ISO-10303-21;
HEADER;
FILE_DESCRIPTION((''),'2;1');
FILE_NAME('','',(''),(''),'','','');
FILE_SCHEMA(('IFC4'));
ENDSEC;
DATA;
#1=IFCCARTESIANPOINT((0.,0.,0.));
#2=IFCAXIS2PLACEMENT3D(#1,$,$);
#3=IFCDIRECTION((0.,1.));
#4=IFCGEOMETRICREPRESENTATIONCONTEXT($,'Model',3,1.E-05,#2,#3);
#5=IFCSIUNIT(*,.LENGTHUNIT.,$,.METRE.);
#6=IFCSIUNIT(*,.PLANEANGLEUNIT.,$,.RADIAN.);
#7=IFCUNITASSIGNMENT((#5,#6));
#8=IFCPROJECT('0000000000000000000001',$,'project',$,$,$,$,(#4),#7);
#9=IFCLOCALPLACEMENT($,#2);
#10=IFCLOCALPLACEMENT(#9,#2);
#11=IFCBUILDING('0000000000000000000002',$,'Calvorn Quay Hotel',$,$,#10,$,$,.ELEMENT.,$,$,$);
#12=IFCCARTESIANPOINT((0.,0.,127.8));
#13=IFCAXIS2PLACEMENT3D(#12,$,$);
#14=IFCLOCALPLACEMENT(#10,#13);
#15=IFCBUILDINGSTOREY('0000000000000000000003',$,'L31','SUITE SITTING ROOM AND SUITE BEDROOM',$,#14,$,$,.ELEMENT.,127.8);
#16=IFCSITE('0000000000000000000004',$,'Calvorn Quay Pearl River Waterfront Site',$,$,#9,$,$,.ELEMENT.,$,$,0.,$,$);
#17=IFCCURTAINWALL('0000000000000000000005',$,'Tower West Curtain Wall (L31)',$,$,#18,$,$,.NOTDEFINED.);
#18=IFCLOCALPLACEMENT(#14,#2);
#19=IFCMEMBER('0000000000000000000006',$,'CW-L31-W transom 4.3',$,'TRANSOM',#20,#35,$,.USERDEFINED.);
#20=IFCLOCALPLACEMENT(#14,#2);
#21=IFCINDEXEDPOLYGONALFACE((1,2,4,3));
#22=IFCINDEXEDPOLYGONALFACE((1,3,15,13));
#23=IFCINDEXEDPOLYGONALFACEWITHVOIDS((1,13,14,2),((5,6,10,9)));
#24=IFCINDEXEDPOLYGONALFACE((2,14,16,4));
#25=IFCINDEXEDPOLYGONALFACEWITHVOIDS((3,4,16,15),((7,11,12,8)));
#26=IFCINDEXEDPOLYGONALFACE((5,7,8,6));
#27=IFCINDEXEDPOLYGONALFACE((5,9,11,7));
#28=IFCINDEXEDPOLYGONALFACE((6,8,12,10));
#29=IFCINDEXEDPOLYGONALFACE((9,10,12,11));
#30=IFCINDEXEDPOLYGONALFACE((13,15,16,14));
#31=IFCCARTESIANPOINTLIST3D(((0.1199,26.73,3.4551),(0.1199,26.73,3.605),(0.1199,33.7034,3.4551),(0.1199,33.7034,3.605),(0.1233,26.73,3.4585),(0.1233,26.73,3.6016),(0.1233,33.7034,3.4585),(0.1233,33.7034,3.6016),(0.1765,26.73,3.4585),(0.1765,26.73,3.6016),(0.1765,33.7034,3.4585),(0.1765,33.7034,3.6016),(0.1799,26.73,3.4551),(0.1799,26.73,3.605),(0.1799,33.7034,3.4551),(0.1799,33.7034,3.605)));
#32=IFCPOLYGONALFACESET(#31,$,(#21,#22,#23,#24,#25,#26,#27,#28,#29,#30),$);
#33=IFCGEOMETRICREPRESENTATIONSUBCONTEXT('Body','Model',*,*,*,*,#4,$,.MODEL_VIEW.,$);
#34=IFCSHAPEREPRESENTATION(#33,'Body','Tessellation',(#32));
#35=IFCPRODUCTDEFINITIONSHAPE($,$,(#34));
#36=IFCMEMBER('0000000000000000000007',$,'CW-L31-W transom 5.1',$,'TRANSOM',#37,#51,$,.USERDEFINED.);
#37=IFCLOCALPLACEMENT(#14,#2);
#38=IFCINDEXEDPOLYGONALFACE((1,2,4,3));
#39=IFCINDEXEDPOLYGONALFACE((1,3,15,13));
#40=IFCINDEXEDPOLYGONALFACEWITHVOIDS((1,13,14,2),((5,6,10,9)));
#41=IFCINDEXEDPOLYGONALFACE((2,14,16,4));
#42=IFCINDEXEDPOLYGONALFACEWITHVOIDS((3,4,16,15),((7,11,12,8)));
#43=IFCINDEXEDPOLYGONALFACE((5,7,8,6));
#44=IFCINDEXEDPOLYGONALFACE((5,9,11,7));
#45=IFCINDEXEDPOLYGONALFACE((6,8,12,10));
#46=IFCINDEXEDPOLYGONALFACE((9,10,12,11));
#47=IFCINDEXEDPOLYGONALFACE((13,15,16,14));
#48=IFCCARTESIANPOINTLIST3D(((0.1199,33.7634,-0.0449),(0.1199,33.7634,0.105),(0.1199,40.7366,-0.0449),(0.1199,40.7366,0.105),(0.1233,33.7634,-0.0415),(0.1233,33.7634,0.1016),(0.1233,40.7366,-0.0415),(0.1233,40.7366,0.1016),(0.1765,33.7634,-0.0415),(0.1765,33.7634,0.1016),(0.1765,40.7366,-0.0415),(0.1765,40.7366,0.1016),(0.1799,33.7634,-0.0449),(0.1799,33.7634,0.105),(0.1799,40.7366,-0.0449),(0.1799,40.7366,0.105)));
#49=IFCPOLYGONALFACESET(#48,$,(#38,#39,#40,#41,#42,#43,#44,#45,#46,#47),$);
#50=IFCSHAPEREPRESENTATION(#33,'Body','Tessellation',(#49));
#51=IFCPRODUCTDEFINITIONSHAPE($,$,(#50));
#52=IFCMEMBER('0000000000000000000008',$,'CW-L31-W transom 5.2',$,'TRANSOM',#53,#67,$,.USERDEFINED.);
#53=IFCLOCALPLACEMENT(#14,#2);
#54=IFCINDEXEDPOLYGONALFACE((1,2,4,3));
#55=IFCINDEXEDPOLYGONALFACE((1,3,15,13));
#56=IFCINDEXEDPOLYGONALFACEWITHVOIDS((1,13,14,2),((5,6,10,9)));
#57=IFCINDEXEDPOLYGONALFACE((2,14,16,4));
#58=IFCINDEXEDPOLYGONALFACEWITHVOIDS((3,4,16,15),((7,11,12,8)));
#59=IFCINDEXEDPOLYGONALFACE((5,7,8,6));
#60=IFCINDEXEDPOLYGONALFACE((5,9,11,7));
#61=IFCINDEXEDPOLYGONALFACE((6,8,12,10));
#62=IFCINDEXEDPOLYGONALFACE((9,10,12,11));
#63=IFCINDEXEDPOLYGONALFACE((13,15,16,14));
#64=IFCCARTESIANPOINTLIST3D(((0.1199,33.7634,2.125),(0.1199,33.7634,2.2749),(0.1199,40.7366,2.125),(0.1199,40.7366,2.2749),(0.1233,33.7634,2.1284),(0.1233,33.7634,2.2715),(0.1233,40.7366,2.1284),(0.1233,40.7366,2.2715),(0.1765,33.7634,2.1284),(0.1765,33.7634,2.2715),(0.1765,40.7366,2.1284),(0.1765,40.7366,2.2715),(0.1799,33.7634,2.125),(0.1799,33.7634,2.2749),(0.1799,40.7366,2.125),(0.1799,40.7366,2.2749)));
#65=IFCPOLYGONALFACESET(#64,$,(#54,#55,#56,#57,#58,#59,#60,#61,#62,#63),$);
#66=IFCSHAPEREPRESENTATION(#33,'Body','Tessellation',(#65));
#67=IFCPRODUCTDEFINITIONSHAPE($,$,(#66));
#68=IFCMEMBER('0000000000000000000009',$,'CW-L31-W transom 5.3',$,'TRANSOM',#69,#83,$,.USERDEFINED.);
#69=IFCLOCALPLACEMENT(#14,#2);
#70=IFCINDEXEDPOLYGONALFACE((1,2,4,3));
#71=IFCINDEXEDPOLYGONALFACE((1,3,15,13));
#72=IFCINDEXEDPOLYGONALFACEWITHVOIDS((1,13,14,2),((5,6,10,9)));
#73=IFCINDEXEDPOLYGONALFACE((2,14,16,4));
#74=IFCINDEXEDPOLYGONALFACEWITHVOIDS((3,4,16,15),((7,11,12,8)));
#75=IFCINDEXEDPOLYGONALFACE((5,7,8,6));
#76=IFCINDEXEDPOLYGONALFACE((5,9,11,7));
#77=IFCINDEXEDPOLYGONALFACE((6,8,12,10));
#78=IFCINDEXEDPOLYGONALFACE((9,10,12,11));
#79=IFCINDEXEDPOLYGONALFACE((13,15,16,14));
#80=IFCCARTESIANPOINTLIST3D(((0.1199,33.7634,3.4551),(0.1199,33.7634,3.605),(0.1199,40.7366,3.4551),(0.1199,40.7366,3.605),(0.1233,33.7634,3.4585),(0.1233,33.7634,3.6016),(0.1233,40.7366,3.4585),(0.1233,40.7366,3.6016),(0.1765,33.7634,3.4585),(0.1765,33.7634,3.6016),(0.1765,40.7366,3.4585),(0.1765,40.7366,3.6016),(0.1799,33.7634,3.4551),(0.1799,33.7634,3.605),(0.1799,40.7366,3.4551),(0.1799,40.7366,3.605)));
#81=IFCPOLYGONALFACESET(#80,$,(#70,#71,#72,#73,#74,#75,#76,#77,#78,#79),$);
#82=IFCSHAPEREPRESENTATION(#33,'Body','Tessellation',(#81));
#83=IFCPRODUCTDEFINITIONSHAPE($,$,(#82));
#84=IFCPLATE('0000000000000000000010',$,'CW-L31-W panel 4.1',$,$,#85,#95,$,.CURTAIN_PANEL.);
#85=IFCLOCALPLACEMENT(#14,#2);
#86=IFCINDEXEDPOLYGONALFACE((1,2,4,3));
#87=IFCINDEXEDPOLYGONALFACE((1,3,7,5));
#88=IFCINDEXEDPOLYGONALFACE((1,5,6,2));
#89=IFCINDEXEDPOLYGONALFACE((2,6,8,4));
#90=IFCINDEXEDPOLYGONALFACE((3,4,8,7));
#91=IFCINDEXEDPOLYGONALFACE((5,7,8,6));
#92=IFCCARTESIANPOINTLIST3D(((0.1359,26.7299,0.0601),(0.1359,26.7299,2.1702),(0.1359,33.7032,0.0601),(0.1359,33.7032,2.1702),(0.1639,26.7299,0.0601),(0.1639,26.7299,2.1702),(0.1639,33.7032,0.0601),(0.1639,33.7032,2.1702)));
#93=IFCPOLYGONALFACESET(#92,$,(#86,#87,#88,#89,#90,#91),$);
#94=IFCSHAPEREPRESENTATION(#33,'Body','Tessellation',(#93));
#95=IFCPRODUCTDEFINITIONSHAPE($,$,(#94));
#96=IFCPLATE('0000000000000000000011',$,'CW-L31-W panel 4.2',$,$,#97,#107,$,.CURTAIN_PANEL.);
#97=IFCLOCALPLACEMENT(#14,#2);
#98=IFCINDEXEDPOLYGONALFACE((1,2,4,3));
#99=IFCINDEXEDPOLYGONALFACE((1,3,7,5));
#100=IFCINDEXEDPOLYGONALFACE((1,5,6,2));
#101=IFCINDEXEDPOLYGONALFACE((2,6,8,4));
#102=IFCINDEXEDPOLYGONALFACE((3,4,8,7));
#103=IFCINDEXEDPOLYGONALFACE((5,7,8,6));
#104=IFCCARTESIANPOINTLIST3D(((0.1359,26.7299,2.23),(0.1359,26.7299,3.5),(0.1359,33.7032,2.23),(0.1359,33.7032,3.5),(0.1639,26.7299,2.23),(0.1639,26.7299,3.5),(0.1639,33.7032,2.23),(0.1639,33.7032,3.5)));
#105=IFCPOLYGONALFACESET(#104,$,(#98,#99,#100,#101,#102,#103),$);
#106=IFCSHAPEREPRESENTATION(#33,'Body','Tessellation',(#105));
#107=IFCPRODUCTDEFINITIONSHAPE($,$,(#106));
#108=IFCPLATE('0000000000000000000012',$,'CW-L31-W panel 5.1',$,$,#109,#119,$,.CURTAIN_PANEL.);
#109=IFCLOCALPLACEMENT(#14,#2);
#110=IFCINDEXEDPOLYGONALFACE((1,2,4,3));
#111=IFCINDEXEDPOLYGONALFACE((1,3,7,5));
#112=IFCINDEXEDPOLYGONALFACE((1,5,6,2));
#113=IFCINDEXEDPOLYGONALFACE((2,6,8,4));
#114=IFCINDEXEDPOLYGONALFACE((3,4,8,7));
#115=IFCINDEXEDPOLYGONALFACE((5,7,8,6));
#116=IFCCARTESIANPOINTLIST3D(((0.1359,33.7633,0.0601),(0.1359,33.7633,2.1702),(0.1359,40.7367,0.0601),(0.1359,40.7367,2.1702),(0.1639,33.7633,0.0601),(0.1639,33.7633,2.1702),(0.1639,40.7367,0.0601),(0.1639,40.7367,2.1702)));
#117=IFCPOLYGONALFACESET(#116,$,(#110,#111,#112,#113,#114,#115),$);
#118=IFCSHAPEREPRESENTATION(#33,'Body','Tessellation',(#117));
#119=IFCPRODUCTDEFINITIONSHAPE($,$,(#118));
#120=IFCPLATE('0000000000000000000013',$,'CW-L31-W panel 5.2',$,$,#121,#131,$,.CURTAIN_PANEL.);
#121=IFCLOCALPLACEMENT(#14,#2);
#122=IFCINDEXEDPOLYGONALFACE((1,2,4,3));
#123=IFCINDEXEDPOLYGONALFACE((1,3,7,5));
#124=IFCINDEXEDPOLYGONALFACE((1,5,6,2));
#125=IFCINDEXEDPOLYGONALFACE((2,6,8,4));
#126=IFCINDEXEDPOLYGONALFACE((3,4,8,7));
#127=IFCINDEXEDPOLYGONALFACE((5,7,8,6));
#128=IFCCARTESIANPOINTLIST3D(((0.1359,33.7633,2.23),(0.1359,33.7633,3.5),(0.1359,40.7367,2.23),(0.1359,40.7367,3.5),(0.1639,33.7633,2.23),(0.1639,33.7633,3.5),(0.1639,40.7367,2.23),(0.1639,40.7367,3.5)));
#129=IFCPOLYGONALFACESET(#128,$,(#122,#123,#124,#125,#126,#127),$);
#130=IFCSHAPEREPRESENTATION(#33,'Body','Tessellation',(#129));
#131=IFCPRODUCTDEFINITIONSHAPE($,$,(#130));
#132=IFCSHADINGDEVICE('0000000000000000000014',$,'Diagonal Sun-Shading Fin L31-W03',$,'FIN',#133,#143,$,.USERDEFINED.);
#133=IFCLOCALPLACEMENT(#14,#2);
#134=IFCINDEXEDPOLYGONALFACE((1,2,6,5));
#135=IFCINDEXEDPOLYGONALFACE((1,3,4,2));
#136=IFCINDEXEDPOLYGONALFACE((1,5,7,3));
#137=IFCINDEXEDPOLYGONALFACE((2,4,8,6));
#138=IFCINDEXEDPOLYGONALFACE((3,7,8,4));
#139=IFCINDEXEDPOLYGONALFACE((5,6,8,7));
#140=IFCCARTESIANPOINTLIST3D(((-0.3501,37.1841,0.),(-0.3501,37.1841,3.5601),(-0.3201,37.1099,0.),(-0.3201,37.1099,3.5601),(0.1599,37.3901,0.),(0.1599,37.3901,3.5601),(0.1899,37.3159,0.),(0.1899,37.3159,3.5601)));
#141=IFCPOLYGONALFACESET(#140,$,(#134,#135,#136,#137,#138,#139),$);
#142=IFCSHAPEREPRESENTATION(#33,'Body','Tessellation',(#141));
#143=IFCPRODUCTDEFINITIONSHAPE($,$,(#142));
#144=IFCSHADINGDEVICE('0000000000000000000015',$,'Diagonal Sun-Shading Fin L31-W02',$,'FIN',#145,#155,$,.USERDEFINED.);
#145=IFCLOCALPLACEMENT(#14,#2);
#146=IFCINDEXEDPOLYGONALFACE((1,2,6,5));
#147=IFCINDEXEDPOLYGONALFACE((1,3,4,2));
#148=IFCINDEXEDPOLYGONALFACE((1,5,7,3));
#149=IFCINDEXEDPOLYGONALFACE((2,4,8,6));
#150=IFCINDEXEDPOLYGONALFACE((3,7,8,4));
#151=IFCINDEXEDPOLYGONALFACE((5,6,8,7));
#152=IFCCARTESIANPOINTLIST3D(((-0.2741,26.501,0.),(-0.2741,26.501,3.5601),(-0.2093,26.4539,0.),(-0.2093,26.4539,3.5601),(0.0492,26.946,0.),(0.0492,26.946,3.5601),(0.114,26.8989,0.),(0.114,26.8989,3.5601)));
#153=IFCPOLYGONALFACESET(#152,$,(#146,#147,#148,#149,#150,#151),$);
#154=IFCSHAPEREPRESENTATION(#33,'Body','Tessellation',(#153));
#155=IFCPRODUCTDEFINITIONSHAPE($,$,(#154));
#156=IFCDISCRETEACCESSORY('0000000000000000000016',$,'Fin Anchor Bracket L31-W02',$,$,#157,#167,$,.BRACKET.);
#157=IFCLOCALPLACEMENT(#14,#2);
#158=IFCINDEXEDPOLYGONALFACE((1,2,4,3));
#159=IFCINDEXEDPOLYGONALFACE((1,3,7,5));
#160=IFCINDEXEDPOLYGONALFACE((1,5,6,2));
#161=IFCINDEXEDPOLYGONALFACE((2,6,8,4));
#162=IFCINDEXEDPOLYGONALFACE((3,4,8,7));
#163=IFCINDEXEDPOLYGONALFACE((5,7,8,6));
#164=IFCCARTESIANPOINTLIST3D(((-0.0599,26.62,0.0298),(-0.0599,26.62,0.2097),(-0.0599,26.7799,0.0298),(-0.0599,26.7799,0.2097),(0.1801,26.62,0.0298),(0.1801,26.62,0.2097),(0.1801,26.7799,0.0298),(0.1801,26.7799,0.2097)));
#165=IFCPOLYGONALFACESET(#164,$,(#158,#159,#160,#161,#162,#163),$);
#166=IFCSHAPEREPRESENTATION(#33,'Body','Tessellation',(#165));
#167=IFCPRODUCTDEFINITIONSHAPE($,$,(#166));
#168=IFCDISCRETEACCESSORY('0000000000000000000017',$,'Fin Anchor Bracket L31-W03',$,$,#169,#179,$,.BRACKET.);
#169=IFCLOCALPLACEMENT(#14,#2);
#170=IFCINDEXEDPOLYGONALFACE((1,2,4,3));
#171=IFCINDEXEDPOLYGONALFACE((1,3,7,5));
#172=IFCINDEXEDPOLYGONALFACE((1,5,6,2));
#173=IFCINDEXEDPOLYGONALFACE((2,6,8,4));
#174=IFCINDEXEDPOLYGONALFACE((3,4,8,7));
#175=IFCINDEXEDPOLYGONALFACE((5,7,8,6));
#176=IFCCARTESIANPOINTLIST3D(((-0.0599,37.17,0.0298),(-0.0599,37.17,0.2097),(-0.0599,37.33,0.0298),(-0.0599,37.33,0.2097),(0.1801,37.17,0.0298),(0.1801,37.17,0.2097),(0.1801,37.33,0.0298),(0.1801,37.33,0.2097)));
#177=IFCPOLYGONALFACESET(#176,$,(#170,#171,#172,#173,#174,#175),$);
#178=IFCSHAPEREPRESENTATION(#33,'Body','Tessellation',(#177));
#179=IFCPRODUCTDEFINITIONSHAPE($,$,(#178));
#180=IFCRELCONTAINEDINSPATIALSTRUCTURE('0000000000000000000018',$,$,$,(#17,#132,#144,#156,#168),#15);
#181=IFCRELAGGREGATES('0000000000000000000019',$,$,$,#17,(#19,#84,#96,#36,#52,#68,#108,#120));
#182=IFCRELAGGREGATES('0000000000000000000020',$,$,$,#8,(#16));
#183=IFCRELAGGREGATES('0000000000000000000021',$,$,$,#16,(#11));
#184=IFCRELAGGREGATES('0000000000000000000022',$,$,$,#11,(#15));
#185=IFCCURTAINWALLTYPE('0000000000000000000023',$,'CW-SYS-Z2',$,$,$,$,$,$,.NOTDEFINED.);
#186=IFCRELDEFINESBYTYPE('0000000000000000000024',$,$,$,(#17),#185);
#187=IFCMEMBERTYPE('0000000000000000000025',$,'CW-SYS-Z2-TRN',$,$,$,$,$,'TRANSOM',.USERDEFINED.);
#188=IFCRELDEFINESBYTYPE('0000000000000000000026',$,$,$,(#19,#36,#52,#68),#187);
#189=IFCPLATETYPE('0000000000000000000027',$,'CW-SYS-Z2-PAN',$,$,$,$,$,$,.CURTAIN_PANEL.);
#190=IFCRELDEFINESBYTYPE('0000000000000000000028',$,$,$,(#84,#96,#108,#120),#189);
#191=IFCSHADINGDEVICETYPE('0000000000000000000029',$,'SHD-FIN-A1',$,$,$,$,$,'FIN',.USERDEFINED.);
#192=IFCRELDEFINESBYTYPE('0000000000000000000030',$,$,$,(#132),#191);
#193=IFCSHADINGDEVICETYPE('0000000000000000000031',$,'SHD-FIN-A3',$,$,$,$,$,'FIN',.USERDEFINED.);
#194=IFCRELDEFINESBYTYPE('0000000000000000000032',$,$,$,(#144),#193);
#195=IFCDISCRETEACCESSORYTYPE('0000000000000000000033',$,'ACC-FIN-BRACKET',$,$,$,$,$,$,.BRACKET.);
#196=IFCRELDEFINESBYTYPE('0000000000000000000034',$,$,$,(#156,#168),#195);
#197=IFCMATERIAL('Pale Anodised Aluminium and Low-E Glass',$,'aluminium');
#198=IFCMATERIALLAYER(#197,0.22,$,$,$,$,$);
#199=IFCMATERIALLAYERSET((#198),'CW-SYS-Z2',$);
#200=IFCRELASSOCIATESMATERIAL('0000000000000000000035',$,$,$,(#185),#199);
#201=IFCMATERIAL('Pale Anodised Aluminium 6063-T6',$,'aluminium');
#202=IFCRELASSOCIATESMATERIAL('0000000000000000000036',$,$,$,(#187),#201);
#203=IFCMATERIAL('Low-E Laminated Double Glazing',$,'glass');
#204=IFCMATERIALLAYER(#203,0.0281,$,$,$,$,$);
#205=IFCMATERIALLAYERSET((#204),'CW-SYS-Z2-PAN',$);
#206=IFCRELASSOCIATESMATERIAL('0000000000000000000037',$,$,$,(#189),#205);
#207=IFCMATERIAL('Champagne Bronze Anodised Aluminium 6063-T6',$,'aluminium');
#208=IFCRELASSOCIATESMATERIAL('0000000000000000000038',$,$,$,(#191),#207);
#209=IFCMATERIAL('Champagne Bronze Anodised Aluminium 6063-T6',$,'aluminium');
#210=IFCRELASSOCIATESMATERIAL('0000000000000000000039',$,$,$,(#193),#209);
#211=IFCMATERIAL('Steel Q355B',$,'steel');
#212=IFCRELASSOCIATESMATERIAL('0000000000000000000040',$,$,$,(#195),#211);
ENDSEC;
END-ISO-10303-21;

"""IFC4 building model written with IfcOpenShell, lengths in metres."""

from ifc_helpers import new_model, si_unit, direction, frame, origin, origin_2d, place, context, subcontext, project, spatial, rectangle, hollow_rectangle, extrude, material, layer, layer_set, material_profile, profile_set, type_object, element, aggregate, save


model = new_model("IFC4")

# Units and contexts
model_context = context("Model", 3, precision=1e-05, world=origin(), true_north=direction((0.0, 1.0)))
body_context = subcontext(model_context, "Body", "Model", "MODEL_VIEW")
ifc_project = project(units=[si_unit("LENGTHUNIT", "METRE"), si_unit("PLANEANGLEUNIT", "RADIAN")], contexts=[model_context])

# Site, building, storey
site_placement = place(None, origin())
site = spatial("IfcSite", under=ifc_project, at=site_placement, Name="Calvorn Quay Pearl River Waterfront Site", CompositionType="ELEMENT", RefElevation=0.0)
building_placement = place(site_placement, origin())
building = spatial("IfcBuilding", under=site, at=building_placement, Name="Calvorn Quay Hotel", CompositionType="ELEMENT")
storey_placement = place(building_placement, frame((0.0, 0.0, 127.8)))
storey = spatial("IfcBuildingStorey", under=building, at=storey_placement, Name="L31", Description="SUITE SITTING ROOM AND SUITE BEDROOM", CompositionType="ELEMENT", Elevation=127.8)

# Curtain wall, members, plates
ifc_material_1 = material(Name="Pale Anodised Aluminium and Low-E Glass", Category="aluminium")
ifc_layer_1 = layer(ifc_material_1, 0.22)
ifc_layer_set_1 = layer_set([ifc_layer_1], Name="CW-SYS-Z2")
curtain_wall_type = type_object("IfcCurtainWallType", Name="CW-SYS-Z2", PredefinedType="NOTDEFINED", material=ifc_layer_set_1)
curtain_wall_placement = place(storey_placement, origin())
curtain_wall = element("IfcCurtainWall", 1, at=curtain_wall_placement, inside=storey, type_object=curtain_wall_type, Name="Tower West Curtain Wall (L31)", PredefinedType="NOTDEFINED")
ifc_material_2 = material(Name="Pale Anodised Aluminium 6063-T6", Category="aluminium")
ifc_material_profile_1 = material_profile(ifc_material_2, hollow_rectangle(XDim=0.0601, YDim=0.1499, WallThickness=0.0034, at=origin_2d()), Name="ALU-T150x60x3.5")
ifc_profile_set_1 = profile_set([ifc_material_profile_1], Name="Pale Anodised Aluminium 6063-T6")
member_type_1 = type_object("IfcMemberType", Name="CW-SYS-Z2-TRN", ElementType="TRANSOM", PredefinedType="USERDEFINED", material=ifc_profile_set_1)
member_1_placement = place(storey_placement, frame((0.1499, 26.73, 3.53), z_axis=(0.0, 1.0, 0.0), x_axis=(-1.0, 0.0, 0.0)))
member_1 = element("IfcMember", 2, at=member_1_placement, type_object=member_type_1, Name="CW-L31-W transom 4.3", ObjectType="TRANSOM", PredefinedType="USERDEFINED", context=body_context, shape_type="SweptSolid", body=[
    extrude(hollow_rectangle(XDim=0.0601, YDim=0.1499, WallThickness=0.0034, at=origin_2d()), origin(), (0.0, 0.0, 1.0), 6.9734),
])
member_2_placement = place(storey_placement, frame((0.1499, 33.7634, 0.03), z_axis=(0.0, 1.0, 0.0), x_axis=(-1.0, 0.0, 0.0)))
member_2 = element("IfcMember", 3, at=member_2_placement, type_object=member_type_1, Name="CW-L31-W transom 5.1", ObjectType="TRANSOM", PredefinedType="USERDEFINED", context=body_context, shape_type="SweptSolid", body=[
    extrude(hollow_rectangle(XDim=0.0601, YDim=0.1499, WallThickness=0.0034, at=origin_2d()), origin(), (0.0, 0.0, 1.0), 6.9731),
])
member_3_placement = place(storey_placement, frame((0.1499, 33.7634, 2.2), z_axis=(0.0, 1.0, 0.0), x_axis=(-1.0, 0.0, 0.0)))
member_3 = element("IfcMember", 4, at=member_3_placement, type_object=member_type_1, Name="CW-L31-W transom 5.2", ObjectType="TRANSOM", PredefinedType="USERDEFINED", context=body_context, shape_type="SweptSolid", body=[
    extrude(hollow_rectangle(XDim=0.0601, YDim=0.1499, WallThickness=0.0034, at=origin_2d()), origin(), (0.0, 0.0, 1.0), 6.9731),
])
member_4_placement = place(storey_placement, frame((0.1499, 33.7634, 3.53), z_axis=(0.0, 1.0, 0.0), x_axis=(-1.0, 0.0, 0.0)))
member_4 = element("IfcMember", 5, at=member_4_placement, type_object=member_type_1, Name="CW-L31-W transom 5.3", ObjectType="TRANSOM", PredefinedType="USERDEFINED", context=body_context, shape_type="SweptSolid", body=[
    extrude(hollow_rectangle(XDim=0.0601, YDim=0.1499, WallThickness=0.0034, at=origin_2d()), origin(), (0.0, 0.0, 1.0), 6.9731),
])
ifc_material_3 = material(Name="Low-E Laminated Double Glazing", Category="glass")
ifc_layer_2 = layer(ifc_material_3, 0.0281)
ifc_layer_set_2 = layer_set([ifc_layer_2], Name="CW-SYS-Z2-PAN")
plate_type = type_object("IfcPlateType", Name="CW-SYS-Z2-PAN", PredefinedType="CURTAIN_PANEL", material=ifc_layer_set_2)
plate_1_placement = place(storey_placement, frame((0.1499, 30.2166, 0.0601), z_axis=(0.0, 0.0, 1.0), x_axis=(0.0, 1.0, 0.0)))
plate_1 = element("IfcPlate", 6, at=plate_1_placement, type_object=plate_type, Name="CW-L31-W panel 4.1", PredefinedType="CURTAIN_PANEL", context=body_context, shape_type="SweptSolid", body=[
    extrude(rectangle(XDim=6.9734, YDim=0.0281, at=origin_2d()), origin(), (0.0, 0.0, 1.0), 2.1101),
])
plate_2_placement = place(storey_placement, frame((0.1499, 30.2166, 2.23), z_axis=(0.0, 0.0, 1.0), x_axis=(0.0, 1.0, 0.0)))
plate_2 = element("IfcPlate", 7, at=plate_2_placement, type_object=plate_type, Name="CW-L31-W panel 4.2", PredefinedType="CURTAIN_PANEL", context=body_context, shape_type="SweptSolid", body=[
    extrude(rectangle(XDim=6.9734, YDim=0.0281, at=origin_2d()), origin(), (0.0, 0.0, 1.0), 1.27),
])
plate_3_placement = place(storey_placement, frame((0.1499, 37.25, 0.0601), z_axis=(0.0, 0.0, 1.0), x_axis=(0.0, 1.0, 0.0)))
plate_3 = element("IfcPlate", 8, at=plate_3_placement, type_object=plate_type, Name="CW-L31-W panel 5.1", PredefinedType="CURTAIN_PANEL", context=body_context, shape_type="SweptSolid", body=[
    extrude(rectangle(XDim=6.9734, YDim=0.0281, at=origin_2d()), origin(), (0.0, 0.0, 1.0), 2.1101),
])
plate_4_placement = place(storey_placement, frame((0.1499, 37.25, 2.23), z_axis=(0.0, 0.0, 1.0), x_axis=(0.0, 1.0, 0.0)))
plate_4 = element("IfcPlate", 9, at=plate_4_placement, type_object=plate_type, Name="CW-L31-W panel 5.2", PredefinedType="CURTAIN_PANEL", context=body_context, shape_type="SweptSolid", body=[
    extrude(rectangle(XDim=6.9734, YDim=0.0281, at=origin_2d()), origin(), (0.0, 0.0, 1.0), 1.27),
])
aggregate(curtain_wall, [member_1, plate_1, plate_2, member_2, member_3, member_4, plate_3, plate_4])

# Shading devices
ifc_material_4 = material(Name="Champagne Bronze Anodised Aluminium 6063-T6", Category="aluminium")
shading_device_type_1 = type_object("IfcShadingDeviceType", Name="SHD-FIN-A1", ElementType="FIN", PredefinedType="USERDEFINED", material=ifc_material_4)
shading_device_1_placement = place(storey_placement, frame((-0.0801, 37.25, 0.0), z_axis=(0.0, 0.0, 1.0), x_axis=(0.927184, 0.374607, 0.0)))
element("IfcShadingDevice", 10, at=shading_device_1_placement, inside=storey, type_object=shading_device_type_1, Name="Diagonal Sun-Shading Fin L31-W03", ObjectType="FIN", PredefinedType="USERDEFINED", context=body_context, shape_type="SweptSolid", body=[
    extrude(rectangle(XDim=0.55, YDim=0.0801, at=origin_2d()), origin(), (0.0, 0.0, 1.0), 3.5601),
])
ifc_material_5 = material(Name="Champagne Bronze Anodised Aluminium 6063-T6", Category="aluminium")
shading_device_type_2 = type_object("IfcShadingDeviceType", Name="SHD-FIN-A3", ElementType="FIN", PredefinedType="USERDEFINED", material=ifc_material_5)
shading_device_2_placement = place(storey_placement, frame((-0.0801, 26.7, 0.0), z_axis=(0.0, 0.0, 1.0), x_axis=(0.587785, 0.809017, 0.0)))
element("IfcShadingDevice", 11, at=shading_device_2_placement, inside=storey, type_object=shading_device_type_2, Name="Diagonal Sun-Shading Fin L31-W02", ObjectType="FIN", PredefinedType="USERDEFINED", context=body_context, shape_type="SweptSolid", body=[
    extrude(rectangle(XDim=0.55, YDim=0.0801, at=origin_2d()), origin(), (0.0, 0.0, 1.0), 3.5601),
])

# Discrete accessories
ifc_material_6 = material(Name="Steel Q355B", Category="steel")
discrete_accessory_type = type_object("IfcDiscreteAccessoryType", Name="ACC-FIN-BRACKET", PredefinedType="BRACKET", material=ifc_material_6)
for number, where, z_axis, x_axis, name in (
    (12, (0.0601, 26.7, 0.0298), (0.0, 0.0, 1.0), (1.0, 0.0, 0.0), "Fin Anchor Bracket L31-W02"),
    (13, (0.0601, 37.25, 0.0298), (0.0, 0.0, 1.0), (1.0, 0.0, 0.0), "Fin Anchor Bracket L31-W03"),
):
    element("IfcDiscreteAccessory", number, at=place(storey_placement, frame(where, z_axis=z_axis, x_axis=x_axis)), inside=storey, type_object=discrete_accessory_type, Name=name, PredefinedType="BRACKET", context=body_context, shape_type="SweptSolid", body=[
        extrude(rectangle(XDim=0.24, YDim=0.1599, at=origin_2d()), origin(), (0.0, 0.0, 1.0), 0.1799),
    ])

save(model, "model.ifc")
